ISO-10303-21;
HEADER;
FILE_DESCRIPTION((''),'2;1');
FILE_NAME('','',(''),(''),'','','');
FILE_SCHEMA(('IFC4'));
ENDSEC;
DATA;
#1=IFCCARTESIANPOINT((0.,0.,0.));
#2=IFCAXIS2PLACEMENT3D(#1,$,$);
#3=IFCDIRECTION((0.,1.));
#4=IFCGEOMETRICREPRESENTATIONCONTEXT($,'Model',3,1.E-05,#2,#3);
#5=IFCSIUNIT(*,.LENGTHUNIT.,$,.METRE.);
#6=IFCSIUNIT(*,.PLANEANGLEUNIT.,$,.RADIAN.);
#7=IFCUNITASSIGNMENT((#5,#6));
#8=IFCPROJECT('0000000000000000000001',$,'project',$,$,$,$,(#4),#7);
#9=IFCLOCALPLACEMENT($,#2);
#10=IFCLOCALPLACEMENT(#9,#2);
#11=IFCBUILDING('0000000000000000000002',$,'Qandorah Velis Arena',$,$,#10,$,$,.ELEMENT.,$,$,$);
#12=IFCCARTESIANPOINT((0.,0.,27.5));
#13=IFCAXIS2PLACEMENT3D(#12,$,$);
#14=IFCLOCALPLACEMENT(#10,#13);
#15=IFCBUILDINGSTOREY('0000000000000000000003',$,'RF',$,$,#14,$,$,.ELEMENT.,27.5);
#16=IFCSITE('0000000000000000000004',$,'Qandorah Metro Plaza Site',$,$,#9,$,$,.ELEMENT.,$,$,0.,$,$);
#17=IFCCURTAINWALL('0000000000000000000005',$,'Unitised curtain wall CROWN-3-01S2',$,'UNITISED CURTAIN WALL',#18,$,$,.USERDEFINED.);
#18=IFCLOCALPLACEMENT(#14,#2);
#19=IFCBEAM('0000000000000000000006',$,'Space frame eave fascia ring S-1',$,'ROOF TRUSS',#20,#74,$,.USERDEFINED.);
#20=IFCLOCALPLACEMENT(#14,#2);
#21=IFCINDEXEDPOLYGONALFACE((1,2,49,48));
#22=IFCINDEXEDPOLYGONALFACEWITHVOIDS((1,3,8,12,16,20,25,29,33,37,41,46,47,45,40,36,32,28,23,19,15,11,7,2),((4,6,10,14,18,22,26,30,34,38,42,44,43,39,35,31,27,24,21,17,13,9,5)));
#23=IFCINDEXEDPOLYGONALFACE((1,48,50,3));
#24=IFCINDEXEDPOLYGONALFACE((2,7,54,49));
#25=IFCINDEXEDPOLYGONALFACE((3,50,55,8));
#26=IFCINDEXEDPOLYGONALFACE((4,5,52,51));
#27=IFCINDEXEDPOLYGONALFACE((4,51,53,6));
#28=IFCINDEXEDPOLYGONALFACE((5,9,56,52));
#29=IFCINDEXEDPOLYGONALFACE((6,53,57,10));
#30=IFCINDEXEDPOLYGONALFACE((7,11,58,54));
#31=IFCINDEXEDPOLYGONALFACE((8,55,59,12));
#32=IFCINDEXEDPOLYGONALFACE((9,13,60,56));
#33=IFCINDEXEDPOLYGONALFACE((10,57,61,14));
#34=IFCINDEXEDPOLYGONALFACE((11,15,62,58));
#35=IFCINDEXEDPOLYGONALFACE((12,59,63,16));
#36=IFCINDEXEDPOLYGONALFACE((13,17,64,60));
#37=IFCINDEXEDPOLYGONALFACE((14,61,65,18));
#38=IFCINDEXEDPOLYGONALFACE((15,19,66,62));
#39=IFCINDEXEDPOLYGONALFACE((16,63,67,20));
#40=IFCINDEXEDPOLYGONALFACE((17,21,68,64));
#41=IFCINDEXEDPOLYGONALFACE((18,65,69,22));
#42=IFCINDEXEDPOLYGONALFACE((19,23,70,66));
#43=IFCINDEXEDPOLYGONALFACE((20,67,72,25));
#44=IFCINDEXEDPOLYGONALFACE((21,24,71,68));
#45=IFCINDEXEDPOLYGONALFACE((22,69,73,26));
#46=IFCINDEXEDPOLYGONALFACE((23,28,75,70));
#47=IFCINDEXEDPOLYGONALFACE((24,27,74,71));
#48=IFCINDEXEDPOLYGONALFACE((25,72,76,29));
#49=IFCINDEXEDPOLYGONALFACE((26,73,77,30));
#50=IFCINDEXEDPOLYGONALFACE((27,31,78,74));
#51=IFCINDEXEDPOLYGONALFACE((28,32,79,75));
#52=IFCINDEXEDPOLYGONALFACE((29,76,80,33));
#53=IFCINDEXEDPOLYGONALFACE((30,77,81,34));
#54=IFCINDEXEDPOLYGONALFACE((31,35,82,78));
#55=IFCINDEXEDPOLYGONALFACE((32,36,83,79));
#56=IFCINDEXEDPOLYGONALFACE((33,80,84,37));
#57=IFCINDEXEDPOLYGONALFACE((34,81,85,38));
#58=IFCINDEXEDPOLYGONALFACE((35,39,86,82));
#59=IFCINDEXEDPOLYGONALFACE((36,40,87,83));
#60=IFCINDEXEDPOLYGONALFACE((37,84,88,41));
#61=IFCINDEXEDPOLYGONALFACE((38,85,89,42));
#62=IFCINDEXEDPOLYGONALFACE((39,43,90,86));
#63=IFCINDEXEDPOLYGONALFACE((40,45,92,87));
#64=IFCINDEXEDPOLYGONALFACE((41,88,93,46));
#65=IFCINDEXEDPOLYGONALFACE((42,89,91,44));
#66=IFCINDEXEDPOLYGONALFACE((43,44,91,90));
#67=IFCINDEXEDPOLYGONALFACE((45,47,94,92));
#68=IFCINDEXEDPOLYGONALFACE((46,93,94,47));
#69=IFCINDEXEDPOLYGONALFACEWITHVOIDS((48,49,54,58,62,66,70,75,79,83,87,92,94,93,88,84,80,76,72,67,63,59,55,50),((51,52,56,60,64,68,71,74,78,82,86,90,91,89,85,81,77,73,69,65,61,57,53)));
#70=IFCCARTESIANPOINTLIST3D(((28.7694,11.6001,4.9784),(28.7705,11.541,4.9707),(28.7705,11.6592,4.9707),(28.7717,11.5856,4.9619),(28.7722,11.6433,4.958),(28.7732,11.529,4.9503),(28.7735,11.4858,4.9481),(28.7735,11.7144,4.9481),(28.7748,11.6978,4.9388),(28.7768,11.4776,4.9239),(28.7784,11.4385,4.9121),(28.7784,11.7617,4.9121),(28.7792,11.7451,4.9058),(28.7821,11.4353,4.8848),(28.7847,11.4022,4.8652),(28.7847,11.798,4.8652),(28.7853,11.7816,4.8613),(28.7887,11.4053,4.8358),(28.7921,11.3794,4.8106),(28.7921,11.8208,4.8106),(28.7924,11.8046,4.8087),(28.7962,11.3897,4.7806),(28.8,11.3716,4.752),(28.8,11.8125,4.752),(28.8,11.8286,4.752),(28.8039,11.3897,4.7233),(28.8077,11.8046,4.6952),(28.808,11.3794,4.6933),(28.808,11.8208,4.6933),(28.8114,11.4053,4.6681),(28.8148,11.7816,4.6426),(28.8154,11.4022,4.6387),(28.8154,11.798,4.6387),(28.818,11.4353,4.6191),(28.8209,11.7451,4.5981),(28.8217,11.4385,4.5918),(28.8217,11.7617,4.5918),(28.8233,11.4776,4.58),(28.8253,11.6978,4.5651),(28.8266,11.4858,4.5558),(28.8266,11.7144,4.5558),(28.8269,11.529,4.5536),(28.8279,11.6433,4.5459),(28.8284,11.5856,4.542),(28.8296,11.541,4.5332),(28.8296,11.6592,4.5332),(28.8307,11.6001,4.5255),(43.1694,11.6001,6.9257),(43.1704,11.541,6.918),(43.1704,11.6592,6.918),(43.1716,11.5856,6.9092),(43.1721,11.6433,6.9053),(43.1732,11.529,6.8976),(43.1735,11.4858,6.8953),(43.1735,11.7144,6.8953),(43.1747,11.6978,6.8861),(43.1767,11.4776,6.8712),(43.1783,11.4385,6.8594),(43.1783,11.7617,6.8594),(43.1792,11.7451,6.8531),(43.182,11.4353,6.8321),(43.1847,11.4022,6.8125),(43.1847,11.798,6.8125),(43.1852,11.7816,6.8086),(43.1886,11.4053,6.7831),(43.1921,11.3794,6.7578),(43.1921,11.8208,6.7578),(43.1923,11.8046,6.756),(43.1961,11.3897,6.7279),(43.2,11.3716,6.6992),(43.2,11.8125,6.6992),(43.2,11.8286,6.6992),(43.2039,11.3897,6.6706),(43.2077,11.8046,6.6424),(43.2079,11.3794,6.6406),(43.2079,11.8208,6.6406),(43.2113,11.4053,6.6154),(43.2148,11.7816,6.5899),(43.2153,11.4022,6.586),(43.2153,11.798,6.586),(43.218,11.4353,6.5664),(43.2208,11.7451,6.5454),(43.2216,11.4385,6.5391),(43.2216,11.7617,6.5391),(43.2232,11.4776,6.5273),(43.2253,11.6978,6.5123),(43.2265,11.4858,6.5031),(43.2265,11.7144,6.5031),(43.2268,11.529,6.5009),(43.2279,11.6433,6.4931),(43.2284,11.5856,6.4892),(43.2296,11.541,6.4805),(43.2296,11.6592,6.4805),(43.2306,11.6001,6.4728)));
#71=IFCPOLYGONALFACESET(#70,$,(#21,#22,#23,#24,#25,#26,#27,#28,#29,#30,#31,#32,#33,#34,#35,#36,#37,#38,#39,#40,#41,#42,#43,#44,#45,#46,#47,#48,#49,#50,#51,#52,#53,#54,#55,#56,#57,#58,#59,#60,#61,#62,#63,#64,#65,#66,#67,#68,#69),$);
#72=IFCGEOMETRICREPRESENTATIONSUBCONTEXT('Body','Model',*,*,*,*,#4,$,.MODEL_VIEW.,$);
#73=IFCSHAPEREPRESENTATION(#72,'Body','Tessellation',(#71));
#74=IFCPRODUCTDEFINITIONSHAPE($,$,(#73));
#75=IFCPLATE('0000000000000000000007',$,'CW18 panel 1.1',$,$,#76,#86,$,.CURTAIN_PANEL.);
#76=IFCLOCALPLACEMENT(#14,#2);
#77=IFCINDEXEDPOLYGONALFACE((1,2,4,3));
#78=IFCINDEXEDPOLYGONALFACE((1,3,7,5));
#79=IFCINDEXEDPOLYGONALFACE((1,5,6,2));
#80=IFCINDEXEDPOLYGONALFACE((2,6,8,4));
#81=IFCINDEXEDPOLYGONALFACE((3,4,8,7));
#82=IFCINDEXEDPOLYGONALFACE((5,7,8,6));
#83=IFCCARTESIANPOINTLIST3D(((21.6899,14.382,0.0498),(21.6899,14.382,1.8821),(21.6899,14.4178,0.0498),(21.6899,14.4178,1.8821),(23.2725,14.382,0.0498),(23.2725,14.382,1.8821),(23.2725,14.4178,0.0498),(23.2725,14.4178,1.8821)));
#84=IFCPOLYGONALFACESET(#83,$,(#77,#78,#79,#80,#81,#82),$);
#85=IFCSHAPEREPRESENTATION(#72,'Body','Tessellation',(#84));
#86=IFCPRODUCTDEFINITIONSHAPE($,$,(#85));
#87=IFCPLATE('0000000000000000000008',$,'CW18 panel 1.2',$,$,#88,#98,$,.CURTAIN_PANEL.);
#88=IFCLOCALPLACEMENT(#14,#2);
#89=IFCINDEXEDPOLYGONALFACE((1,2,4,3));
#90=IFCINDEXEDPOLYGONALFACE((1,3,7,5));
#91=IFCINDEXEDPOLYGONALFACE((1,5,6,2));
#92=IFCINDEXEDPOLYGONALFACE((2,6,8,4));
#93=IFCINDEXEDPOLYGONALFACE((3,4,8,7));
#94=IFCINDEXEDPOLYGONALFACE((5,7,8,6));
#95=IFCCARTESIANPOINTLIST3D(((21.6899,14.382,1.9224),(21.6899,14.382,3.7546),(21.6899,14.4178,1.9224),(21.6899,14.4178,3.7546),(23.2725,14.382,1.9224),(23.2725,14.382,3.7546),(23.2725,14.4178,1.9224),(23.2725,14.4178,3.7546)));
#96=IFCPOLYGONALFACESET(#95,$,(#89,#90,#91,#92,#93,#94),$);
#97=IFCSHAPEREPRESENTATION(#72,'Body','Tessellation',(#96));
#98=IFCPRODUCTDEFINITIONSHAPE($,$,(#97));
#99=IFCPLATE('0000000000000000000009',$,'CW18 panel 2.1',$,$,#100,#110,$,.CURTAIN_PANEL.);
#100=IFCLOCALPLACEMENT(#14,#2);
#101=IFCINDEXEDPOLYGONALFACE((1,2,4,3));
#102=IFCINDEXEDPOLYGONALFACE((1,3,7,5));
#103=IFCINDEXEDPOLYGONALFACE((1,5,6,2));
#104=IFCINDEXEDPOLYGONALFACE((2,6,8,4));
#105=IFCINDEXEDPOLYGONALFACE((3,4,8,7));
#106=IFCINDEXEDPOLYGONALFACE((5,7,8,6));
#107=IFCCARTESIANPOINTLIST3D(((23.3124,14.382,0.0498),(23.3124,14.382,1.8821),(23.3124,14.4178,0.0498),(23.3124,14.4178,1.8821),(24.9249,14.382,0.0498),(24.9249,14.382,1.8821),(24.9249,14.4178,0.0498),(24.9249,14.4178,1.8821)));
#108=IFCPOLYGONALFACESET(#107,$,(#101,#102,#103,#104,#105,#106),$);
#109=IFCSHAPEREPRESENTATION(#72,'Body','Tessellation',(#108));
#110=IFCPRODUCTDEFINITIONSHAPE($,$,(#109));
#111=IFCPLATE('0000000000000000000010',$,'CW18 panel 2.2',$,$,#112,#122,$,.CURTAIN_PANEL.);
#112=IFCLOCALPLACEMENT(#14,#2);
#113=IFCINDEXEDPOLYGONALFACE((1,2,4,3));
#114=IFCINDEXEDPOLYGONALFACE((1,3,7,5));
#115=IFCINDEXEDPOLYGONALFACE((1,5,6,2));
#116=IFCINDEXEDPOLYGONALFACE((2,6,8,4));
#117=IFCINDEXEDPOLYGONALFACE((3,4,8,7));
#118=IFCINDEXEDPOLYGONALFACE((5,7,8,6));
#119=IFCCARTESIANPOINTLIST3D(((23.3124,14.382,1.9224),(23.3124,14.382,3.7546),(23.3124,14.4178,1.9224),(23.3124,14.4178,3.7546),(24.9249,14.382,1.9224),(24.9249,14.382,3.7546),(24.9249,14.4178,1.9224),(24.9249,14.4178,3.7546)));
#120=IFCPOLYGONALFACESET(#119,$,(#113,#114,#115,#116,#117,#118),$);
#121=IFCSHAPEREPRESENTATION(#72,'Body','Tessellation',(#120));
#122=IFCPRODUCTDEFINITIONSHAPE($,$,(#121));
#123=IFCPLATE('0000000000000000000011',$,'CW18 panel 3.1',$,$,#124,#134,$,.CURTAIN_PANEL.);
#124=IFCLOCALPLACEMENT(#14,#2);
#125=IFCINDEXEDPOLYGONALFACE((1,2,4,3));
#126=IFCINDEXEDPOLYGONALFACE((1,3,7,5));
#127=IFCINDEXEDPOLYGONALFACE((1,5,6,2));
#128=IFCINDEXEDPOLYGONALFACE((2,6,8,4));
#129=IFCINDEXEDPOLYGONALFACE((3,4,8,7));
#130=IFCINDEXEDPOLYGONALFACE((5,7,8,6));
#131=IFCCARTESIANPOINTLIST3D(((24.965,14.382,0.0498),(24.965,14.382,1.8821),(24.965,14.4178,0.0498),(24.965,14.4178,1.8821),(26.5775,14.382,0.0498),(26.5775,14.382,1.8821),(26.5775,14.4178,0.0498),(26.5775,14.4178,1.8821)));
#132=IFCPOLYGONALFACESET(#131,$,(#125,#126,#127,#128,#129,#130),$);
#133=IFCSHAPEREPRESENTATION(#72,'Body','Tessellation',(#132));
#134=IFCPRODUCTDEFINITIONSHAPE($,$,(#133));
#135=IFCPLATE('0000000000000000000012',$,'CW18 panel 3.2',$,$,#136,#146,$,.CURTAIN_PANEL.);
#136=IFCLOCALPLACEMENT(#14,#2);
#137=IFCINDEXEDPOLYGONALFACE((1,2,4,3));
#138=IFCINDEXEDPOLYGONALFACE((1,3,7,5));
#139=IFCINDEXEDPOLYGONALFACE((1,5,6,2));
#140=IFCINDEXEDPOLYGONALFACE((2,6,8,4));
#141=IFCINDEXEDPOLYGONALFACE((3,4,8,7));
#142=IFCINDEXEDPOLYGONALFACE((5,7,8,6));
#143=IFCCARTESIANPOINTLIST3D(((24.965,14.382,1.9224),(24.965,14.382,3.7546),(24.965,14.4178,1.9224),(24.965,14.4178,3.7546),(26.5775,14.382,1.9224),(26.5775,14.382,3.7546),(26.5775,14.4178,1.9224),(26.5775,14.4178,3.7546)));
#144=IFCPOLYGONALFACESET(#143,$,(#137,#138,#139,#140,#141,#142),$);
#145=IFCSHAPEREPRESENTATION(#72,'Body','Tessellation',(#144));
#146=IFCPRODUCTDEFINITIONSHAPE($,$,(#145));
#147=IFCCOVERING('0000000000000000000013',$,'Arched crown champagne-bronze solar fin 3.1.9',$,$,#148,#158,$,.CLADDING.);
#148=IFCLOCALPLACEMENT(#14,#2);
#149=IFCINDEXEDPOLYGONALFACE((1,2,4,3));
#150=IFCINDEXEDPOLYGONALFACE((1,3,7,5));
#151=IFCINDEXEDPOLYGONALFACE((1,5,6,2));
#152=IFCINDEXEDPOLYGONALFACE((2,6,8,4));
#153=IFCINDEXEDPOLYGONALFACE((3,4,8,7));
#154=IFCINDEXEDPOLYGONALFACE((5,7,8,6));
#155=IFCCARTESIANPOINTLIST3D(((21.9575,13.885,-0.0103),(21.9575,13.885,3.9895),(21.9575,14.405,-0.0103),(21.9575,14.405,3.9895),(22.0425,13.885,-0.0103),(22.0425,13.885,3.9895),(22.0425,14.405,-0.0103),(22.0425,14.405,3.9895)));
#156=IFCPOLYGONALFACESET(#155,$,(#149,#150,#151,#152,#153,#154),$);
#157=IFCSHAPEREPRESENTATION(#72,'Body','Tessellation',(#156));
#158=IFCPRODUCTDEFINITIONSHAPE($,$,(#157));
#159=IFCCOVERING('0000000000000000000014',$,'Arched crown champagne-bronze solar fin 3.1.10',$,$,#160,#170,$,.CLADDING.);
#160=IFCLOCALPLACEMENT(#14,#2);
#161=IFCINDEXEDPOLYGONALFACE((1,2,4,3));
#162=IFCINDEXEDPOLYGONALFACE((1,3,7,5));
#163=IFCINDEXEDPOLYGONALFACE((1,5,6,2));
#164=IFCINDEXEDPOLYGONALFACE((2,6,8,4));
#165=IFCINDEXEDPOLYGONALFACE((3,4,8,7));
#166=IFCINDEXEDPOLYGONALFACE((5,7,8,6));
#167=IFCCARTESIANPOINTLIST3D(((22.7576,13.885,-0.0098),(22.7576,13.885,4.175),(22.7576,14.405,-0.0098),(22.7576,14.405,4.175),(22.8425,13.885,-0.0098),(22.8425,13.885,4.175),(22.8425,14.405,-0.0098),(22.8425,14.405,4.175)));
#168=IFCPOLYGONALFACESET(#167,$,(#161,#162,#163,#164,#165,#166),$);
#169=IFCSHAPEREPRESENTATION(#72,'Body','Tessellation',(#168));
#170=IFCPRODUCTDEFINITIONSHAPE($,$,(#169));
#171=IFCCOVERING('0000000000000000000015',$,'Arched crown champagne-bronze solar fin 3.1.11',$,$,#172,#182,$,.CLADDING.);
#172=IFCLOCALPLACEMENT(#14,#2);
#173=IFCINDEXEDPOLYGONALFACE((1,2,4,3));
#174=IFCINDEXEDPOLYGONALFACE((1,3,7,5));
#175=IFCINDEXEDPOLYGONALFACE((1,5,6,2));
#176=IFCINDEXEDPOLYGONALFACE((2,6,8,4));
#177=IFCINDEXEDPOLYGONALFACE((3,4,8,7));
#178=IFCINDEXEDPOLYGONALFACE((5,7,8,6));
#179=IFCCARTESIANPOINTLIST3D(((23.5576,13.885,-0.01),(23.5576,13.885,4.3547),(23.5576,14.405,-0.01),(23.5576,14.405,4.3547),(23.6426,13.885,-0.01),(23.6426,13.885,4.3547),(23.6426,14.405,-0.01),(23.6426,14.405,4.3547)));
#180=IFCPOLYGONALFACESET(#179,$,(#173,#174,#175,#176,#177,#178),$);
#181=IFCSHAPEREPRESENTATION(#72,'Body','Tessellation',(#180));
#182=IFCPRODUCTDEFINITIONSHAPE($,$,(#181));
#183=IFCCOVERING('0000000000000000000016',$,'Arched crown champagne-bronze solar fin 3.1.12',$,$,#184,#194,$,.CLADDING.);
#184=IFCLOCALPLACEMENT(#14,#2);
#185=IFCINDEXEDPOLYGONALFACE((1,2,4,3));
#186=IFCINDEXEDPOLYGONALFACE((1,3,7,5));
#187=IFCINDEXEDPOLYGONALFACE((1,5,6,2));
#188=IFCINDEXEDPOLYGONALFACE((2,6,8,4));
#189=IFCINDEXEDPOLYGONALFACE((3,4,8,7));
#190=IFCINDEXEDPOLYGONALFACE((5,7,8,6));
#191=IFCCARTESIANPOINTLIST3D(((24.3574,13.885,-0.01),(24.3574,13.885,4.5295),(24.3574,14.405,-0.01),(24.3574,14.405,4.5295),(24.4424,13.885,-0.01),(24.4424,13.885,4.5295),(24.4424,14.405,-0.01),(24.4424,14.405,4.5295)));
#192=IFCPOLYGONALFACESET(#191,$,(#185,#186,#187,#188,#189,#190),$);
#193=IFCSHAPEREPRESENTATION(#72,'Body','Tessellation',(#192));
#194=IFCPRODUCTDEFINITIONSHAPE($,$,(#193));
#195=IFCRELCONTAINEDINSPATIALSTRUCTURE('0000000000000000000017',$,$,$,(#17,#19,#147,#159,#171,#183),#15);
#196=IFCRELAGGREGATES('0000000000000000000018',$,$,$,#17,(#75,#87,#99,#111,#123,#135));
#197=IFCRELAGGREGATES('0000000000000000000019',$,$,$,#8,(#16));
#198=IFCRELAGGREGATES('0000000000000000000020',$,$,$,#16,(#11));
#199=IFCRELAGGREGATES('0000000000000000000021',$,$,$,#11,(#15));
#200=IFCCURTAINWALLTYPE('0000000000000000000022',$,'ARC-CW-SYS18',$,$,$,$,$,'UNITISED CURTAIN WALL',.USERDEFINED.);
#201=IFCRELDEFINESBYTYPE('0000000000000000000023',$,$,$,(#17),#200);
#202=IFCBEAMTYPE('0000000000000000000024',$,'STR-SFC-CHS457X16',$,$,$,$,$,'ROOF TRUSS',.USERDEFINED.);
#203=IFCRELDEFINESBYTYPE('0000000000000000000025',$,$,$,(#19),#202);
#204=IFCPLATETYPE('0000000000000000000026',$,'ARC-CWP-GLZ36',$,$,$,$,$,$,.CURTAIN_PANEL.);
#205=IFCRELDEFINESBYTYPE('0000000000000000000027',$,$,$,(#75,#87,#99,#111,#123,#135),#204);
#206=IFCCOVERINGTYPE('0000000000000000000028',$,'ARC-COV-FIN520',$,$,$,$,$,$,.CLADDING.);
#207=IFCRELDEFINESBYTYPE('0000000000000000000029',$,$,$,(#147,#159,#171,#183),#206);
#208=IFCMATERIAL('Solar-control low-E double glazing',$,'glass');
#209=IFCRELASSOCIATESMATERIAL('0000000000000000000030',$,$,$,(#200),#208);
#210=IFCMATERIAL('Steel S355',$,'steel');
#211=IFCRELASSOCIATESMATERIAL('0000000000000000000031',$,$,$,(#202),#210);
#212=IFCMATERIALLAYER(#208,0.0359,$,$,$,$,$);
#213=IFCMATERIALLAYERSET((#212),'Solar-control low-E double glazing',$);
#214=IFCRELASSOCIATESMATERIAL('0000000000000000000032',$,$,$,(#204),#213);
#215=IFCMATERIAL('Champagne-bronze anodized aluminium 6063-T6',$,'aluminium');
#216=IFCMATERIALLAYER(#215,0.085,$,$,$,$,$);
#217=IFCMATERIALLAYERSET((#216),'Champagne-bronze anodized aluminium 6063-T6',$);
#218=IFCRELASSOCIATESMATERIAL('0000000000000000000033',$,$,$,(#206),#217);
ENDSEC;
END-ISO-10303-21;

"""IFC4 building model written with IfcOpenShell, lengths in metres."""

from ifc_helpers import new_model, si_unit, direction, frame, origin, origin_2d, place, context, subcontext, project, spatial, rectangle, hollow_circle, extrude, material, layer, layer_set, material_profile, profile_set, type_object, element, aggregate, save


model = new_model("IFC4")

# Units and contexts
model_context = context("Model", 3, precision=1e-05, world=origin(), true_north=direction((0.0, 1.0)))
body_context = subcontext(model_context, "Body", "Model", "MODEL_VIEW")
ifc_project = project(units=[si_unit("LENGTHUNIT", "METRE"), si_unit("PLANEANGLEUNIT", "RADIAN")], contexts=[model_context])

# Site, building, storey
site_placement = place(None, origin())
site = spatial("IfcSite", under=ifc_project, at=site_placement, Name="Qandorah Metro Plaza Site", CompositionType="ELEMENT", RefElevation=0.0)
building_placement = place(site_placement, origin())
building = spatial("IfcBuilding", under=site, at=building_placement, Name="Qandorah Velis Arena", CompositionType="ELEMENT")
storey_placement = place(building_placement, frame((0.0, 0.0, 27.5)))
storey = spatial("IfcBuildingStorey", under=building, at=storey_placement, Name="RF", CompositionType="ELEMENT", Elevation=27.5)

# Curtain wall
ifc_material_1 = material(Name="Solar-control low-E double glazing", Category="glass")
curtain_wall_type = type_object("IfcCurtainWallType", Name="ARC-CW-SYS18", ElementType="UNITISED CURTAIN WALL", PredefinedType="USERDEFINED", material=ifc_material_1)
curtain_wall_placement = place(storey_placement, origin())
curtain_wall = element("IfcCurtainWall", 1, at=curtain_wall_placement, inside=storey, type_object=curtain_wall_type, Name="Unitised curtain wall CROWN-3-01S2", ObjectType="UNITISED CURTAIN WALL", PredefinedType="USERDEFINED")
ifc_material_2 = material(Name="Champagne-bronze anodized aluminium 6063-T6", Category="aluminium")

# Beam
ifc_material_3 = material(Name="Steel S355", Category="steel")
ifc_material_profile_1 = material_profile(ifc_material_3, hollow_circle(Radius=0.2285, WallThickness=0.0161, at=origin_2d()), Name="CHS 457x16")
ifc_profile_set_1 = profile_set([ifc_material_profile_1], Name="Steel S355")
beam_type_1 = type_object("IfcBeamType", Name="STR-SFC-CHS457X16", ElementType="ROOF TRUSS", PredefinedType="USERDEFINED", material=ifc_profile_set_1)
beam_1_placement = place(storey_placement, frame((28.8, 11.6001, 4.752), z_axis=(0.99098, 0.0, 0.134008), x_axis=(0.0, 1.0, 0.0)))
element("IfcBeam", 2, at=beam_1_placement, inside=storey, type_object=beam_type_1, Name="Space frame eave fascia ring S-1", ObjectType="ROOF TRUSS", PredefinedType="USERDEFINED", context=body_context, shape_type="SweptSolid", body=[
    extrude(hollow_circle(Radius=0.2285, WallThickness=0.0161, at=origin_2d()), origin(), (0.0, 0.0, 1.0), 14.531),
])

# Plates
ifc_layer_1 = layer(ifc_material_1, 0.0359)
ifc_layer_set_1 = layer_set([ifc_layer_1], Name="Solar-control low-E double glazing")
plate_type = type_object("IfcPlateType", Name="ARC-CWP-GLZ36", PredefinedType="CURTAIN_PANEL", material=ifc_layer_set_1)
plate_1_placement = place(storey_placement, frame((22.4812, 14.3999, 0.0498), z_axis=(0.0, 0.0, 1.0), x_axis=(1.0, 0.0, 0.0)))
plate_1 = element("IfcPlate", 3, at=plate_1_placement, type_object=plate_type, Name="CW18 panel 1.1", PredefinedType="CURTAIN_PANEL", context=body_context, shape_type="SweptSolid", body=[
    extrude(rectangle(XDim=1.5825, YDim=0.0359, at=origin_2d()), origin(), (0.0, 0.0, 1.0), 1.8323),
])
plate_2_placement = place(storey_placement, frame((22.4812, 14.3999, 1.9224), z_axis=(0.0, 0.0, 1.0), x_axis=(1.0, 0.0, 0.0)))
plate_2 = element("IfcPlate", 4, at=plate_2_placement, type_object=plate_type, Name="CW18 panel 1.2", PredefinedType="CURTAIN_PANEL", context=body_context, shape_type="SweptSolid", body=[
    extrude(rectangle(XDim=1.5825, YDim=0.0359, at=origin_2d()), origin(), (0.0, 0.0, 1.0), 1.8323),
])
plate_3_placement = place(storey_placement, frame((24.1187, 14.3999, 0.0498), z_axis=(0.0, 0.0, 1.0), x_axis=(1.0, 0.0, 0.0)))
plate_3 = element("IfcPlate", 5, at=plate_3_placement, type_object=plate_type, Name="CW18 panel 2.1", PredefinedType="CURTAIN_PANEL", context=body_context, shape_type="SweptSolid", body=[
    extrude(rectangle(XDim=1.6125, YDim=0.0359, at=origin_2d()), origin(), (0.0, 0.0, 1.0), 1.8323),
])
plate_4_placement = place(storey_placement, frame((24.1187, 14.3999, 1.9224), z_axis=(0.0, 0.0, 1.0), x_axis=(1.0, 0.0, 0.0)))
plate_4 = element("IfcPlate", 6, at=plate_4_placement, type_object=plate_type, Name="CW18 panel 2.2", PredefinedType="CURTAIN_PANEL", context=body_context, shape_type="SweptSolid", body=[
    extrude(rectangle(XDim=1.6125, YDim=0.0359, at=origin_2d()), origin(), (0.0, 0.0, 1.0), 1.8323),
])
plate_5_placement = place(storey_placement, frame((25.7712, 14.3999, 0.0498), z_axis=(0.0, 0.0, 1.0), x_axis=(1.0, 0.0, 0.0)))
plate_5 = element("IfcPlate", 7, at=plate_5_placement, type_object=plate_type, Name="CW18 panel 3.1", PredefinedType="CURTAIN_PANEL", context=body_context, shape_type="SweptSolid", body=[
    extrude(rectangle(XDim=1.6125, YDim=0.0359, at=origin_2d()), origin(), (0.0, 0.0, 1.0), 1.8323),
])
plate_6_placement = place(storey_placement, frame((25.7712, 14.3999, 1.9224), z_axis=(0.0, 0.0, 1.0), x_axis=(1.0, 0.0, 0.0)))
plate_6 = element("IfcPlate", 8, at=plate_6_placement, type_object=plate_type, Name="CW18 panel 3.2", PredefinedType="CURTAIN_PANEL", context=body_context, shape_type="SweptSolid", body=[
    extrude(rectangle(XDim=1.6125, YDim=0.0359, at=origin_2d()), origin(), (0.0, 0.0, 1.0), 1.8323),
])
aggregate(curtain_wall, [plate_1, plate_2, plate_3, plate_4, plate_5, plate_6])

# Coverings
ifc_layer_2 = layer(ifc_material_2, 0.085)
ifc_layer_set_2 = layer_set([ifc_layer_2], Name="Champagne-bronze anodized aluminium 6063-T6")
covering_type = type_object("IfcCoveringType", Name="ARC-COV-FIN520", PredefinedType="CLADDING", material=ifc_layer_set_2)
covering_1_placement = place(storey_placement, frame((22.0, 14.145, -0.0103), z_axis=(0.0, 0.0, 1.0), x_axis=(1.0, 0.0, 0.0)))
element("IfcCovering", 9, at=covering_1_placement, inside=storey, type_object=covering_type, Name="Arched crown champagne-bronze solar fin 3.1.9", PredefinedType="CLADDING", context=body_context, shape_type="SweptSolid", body=[
    extrude(rectangle(XDim=0.085, YDim=0.52, at=origin_2d()), origin(), (0.0, 0.0, 1.0), 3.9998),
])
covering_2_placement = place(storey_placement, frame((22.8, 14.145, -0.0098), z_axis=(0.0, 0.0, 1.0), x_axis=(1.0, 0.0, 0.0)))
element("IfcCovering", 10, at=covering_2_placement, inside=storey, type_object=covering_type, Name="Arched crown champagne-bronze solar fin 3.1.10", PredefinedType="CLADDING", context=body_context, shape_type="SweptSolid", body=[
    extrude(rectangle(XDim=0.085, YDim=0.52, at=origin_2d()), origin(), (0.0, 0.0, 1.0), 4.1848),
])
covering_3_placement = place(storey_placement, frame((23.6001, 14.145, -0.01), z_axis=(0.0, 0.0, 1.0), x_axis=(1.0, 0.0, 0.0)))
element("IfcCovering", 11, at=covering_3_placement, inside=storey, type_object=covering_type, Name="Arched crown champagne-bronze solar fin 3.1.11", PredefinedType="CLADDING", context=body_context, shape_type="SweptSolid", body=[
    extrude(rectangle(XDim=0.085, YDim=0.52, at=origin_2d()), origin(), (0.0, 0.0, 1.0), 4.3647),
])
covering_4_placement = place(storey_placement, frame((24.3999, 14.145, -0.01), z_axis=(0.0, 0.0, 1.0), x_axis=(1.0, 0.0, 0.0)))
element("IfcCovering", 12, at=covering_4_placement, inside=storey, type_object=covering_type, Name="Arched crown champagne-bronze solar fin 3.1.12", PredefinedType="CLADDING", context=body_context, shape_type="SweptSolid", body=[
    extrude(rectangle(XDim=0.085, YDim=0.52, at=origin_2d()), origin(), (0.0, 0.0, 1.0), 4.5396),
])

save(model, "model.ifc")
